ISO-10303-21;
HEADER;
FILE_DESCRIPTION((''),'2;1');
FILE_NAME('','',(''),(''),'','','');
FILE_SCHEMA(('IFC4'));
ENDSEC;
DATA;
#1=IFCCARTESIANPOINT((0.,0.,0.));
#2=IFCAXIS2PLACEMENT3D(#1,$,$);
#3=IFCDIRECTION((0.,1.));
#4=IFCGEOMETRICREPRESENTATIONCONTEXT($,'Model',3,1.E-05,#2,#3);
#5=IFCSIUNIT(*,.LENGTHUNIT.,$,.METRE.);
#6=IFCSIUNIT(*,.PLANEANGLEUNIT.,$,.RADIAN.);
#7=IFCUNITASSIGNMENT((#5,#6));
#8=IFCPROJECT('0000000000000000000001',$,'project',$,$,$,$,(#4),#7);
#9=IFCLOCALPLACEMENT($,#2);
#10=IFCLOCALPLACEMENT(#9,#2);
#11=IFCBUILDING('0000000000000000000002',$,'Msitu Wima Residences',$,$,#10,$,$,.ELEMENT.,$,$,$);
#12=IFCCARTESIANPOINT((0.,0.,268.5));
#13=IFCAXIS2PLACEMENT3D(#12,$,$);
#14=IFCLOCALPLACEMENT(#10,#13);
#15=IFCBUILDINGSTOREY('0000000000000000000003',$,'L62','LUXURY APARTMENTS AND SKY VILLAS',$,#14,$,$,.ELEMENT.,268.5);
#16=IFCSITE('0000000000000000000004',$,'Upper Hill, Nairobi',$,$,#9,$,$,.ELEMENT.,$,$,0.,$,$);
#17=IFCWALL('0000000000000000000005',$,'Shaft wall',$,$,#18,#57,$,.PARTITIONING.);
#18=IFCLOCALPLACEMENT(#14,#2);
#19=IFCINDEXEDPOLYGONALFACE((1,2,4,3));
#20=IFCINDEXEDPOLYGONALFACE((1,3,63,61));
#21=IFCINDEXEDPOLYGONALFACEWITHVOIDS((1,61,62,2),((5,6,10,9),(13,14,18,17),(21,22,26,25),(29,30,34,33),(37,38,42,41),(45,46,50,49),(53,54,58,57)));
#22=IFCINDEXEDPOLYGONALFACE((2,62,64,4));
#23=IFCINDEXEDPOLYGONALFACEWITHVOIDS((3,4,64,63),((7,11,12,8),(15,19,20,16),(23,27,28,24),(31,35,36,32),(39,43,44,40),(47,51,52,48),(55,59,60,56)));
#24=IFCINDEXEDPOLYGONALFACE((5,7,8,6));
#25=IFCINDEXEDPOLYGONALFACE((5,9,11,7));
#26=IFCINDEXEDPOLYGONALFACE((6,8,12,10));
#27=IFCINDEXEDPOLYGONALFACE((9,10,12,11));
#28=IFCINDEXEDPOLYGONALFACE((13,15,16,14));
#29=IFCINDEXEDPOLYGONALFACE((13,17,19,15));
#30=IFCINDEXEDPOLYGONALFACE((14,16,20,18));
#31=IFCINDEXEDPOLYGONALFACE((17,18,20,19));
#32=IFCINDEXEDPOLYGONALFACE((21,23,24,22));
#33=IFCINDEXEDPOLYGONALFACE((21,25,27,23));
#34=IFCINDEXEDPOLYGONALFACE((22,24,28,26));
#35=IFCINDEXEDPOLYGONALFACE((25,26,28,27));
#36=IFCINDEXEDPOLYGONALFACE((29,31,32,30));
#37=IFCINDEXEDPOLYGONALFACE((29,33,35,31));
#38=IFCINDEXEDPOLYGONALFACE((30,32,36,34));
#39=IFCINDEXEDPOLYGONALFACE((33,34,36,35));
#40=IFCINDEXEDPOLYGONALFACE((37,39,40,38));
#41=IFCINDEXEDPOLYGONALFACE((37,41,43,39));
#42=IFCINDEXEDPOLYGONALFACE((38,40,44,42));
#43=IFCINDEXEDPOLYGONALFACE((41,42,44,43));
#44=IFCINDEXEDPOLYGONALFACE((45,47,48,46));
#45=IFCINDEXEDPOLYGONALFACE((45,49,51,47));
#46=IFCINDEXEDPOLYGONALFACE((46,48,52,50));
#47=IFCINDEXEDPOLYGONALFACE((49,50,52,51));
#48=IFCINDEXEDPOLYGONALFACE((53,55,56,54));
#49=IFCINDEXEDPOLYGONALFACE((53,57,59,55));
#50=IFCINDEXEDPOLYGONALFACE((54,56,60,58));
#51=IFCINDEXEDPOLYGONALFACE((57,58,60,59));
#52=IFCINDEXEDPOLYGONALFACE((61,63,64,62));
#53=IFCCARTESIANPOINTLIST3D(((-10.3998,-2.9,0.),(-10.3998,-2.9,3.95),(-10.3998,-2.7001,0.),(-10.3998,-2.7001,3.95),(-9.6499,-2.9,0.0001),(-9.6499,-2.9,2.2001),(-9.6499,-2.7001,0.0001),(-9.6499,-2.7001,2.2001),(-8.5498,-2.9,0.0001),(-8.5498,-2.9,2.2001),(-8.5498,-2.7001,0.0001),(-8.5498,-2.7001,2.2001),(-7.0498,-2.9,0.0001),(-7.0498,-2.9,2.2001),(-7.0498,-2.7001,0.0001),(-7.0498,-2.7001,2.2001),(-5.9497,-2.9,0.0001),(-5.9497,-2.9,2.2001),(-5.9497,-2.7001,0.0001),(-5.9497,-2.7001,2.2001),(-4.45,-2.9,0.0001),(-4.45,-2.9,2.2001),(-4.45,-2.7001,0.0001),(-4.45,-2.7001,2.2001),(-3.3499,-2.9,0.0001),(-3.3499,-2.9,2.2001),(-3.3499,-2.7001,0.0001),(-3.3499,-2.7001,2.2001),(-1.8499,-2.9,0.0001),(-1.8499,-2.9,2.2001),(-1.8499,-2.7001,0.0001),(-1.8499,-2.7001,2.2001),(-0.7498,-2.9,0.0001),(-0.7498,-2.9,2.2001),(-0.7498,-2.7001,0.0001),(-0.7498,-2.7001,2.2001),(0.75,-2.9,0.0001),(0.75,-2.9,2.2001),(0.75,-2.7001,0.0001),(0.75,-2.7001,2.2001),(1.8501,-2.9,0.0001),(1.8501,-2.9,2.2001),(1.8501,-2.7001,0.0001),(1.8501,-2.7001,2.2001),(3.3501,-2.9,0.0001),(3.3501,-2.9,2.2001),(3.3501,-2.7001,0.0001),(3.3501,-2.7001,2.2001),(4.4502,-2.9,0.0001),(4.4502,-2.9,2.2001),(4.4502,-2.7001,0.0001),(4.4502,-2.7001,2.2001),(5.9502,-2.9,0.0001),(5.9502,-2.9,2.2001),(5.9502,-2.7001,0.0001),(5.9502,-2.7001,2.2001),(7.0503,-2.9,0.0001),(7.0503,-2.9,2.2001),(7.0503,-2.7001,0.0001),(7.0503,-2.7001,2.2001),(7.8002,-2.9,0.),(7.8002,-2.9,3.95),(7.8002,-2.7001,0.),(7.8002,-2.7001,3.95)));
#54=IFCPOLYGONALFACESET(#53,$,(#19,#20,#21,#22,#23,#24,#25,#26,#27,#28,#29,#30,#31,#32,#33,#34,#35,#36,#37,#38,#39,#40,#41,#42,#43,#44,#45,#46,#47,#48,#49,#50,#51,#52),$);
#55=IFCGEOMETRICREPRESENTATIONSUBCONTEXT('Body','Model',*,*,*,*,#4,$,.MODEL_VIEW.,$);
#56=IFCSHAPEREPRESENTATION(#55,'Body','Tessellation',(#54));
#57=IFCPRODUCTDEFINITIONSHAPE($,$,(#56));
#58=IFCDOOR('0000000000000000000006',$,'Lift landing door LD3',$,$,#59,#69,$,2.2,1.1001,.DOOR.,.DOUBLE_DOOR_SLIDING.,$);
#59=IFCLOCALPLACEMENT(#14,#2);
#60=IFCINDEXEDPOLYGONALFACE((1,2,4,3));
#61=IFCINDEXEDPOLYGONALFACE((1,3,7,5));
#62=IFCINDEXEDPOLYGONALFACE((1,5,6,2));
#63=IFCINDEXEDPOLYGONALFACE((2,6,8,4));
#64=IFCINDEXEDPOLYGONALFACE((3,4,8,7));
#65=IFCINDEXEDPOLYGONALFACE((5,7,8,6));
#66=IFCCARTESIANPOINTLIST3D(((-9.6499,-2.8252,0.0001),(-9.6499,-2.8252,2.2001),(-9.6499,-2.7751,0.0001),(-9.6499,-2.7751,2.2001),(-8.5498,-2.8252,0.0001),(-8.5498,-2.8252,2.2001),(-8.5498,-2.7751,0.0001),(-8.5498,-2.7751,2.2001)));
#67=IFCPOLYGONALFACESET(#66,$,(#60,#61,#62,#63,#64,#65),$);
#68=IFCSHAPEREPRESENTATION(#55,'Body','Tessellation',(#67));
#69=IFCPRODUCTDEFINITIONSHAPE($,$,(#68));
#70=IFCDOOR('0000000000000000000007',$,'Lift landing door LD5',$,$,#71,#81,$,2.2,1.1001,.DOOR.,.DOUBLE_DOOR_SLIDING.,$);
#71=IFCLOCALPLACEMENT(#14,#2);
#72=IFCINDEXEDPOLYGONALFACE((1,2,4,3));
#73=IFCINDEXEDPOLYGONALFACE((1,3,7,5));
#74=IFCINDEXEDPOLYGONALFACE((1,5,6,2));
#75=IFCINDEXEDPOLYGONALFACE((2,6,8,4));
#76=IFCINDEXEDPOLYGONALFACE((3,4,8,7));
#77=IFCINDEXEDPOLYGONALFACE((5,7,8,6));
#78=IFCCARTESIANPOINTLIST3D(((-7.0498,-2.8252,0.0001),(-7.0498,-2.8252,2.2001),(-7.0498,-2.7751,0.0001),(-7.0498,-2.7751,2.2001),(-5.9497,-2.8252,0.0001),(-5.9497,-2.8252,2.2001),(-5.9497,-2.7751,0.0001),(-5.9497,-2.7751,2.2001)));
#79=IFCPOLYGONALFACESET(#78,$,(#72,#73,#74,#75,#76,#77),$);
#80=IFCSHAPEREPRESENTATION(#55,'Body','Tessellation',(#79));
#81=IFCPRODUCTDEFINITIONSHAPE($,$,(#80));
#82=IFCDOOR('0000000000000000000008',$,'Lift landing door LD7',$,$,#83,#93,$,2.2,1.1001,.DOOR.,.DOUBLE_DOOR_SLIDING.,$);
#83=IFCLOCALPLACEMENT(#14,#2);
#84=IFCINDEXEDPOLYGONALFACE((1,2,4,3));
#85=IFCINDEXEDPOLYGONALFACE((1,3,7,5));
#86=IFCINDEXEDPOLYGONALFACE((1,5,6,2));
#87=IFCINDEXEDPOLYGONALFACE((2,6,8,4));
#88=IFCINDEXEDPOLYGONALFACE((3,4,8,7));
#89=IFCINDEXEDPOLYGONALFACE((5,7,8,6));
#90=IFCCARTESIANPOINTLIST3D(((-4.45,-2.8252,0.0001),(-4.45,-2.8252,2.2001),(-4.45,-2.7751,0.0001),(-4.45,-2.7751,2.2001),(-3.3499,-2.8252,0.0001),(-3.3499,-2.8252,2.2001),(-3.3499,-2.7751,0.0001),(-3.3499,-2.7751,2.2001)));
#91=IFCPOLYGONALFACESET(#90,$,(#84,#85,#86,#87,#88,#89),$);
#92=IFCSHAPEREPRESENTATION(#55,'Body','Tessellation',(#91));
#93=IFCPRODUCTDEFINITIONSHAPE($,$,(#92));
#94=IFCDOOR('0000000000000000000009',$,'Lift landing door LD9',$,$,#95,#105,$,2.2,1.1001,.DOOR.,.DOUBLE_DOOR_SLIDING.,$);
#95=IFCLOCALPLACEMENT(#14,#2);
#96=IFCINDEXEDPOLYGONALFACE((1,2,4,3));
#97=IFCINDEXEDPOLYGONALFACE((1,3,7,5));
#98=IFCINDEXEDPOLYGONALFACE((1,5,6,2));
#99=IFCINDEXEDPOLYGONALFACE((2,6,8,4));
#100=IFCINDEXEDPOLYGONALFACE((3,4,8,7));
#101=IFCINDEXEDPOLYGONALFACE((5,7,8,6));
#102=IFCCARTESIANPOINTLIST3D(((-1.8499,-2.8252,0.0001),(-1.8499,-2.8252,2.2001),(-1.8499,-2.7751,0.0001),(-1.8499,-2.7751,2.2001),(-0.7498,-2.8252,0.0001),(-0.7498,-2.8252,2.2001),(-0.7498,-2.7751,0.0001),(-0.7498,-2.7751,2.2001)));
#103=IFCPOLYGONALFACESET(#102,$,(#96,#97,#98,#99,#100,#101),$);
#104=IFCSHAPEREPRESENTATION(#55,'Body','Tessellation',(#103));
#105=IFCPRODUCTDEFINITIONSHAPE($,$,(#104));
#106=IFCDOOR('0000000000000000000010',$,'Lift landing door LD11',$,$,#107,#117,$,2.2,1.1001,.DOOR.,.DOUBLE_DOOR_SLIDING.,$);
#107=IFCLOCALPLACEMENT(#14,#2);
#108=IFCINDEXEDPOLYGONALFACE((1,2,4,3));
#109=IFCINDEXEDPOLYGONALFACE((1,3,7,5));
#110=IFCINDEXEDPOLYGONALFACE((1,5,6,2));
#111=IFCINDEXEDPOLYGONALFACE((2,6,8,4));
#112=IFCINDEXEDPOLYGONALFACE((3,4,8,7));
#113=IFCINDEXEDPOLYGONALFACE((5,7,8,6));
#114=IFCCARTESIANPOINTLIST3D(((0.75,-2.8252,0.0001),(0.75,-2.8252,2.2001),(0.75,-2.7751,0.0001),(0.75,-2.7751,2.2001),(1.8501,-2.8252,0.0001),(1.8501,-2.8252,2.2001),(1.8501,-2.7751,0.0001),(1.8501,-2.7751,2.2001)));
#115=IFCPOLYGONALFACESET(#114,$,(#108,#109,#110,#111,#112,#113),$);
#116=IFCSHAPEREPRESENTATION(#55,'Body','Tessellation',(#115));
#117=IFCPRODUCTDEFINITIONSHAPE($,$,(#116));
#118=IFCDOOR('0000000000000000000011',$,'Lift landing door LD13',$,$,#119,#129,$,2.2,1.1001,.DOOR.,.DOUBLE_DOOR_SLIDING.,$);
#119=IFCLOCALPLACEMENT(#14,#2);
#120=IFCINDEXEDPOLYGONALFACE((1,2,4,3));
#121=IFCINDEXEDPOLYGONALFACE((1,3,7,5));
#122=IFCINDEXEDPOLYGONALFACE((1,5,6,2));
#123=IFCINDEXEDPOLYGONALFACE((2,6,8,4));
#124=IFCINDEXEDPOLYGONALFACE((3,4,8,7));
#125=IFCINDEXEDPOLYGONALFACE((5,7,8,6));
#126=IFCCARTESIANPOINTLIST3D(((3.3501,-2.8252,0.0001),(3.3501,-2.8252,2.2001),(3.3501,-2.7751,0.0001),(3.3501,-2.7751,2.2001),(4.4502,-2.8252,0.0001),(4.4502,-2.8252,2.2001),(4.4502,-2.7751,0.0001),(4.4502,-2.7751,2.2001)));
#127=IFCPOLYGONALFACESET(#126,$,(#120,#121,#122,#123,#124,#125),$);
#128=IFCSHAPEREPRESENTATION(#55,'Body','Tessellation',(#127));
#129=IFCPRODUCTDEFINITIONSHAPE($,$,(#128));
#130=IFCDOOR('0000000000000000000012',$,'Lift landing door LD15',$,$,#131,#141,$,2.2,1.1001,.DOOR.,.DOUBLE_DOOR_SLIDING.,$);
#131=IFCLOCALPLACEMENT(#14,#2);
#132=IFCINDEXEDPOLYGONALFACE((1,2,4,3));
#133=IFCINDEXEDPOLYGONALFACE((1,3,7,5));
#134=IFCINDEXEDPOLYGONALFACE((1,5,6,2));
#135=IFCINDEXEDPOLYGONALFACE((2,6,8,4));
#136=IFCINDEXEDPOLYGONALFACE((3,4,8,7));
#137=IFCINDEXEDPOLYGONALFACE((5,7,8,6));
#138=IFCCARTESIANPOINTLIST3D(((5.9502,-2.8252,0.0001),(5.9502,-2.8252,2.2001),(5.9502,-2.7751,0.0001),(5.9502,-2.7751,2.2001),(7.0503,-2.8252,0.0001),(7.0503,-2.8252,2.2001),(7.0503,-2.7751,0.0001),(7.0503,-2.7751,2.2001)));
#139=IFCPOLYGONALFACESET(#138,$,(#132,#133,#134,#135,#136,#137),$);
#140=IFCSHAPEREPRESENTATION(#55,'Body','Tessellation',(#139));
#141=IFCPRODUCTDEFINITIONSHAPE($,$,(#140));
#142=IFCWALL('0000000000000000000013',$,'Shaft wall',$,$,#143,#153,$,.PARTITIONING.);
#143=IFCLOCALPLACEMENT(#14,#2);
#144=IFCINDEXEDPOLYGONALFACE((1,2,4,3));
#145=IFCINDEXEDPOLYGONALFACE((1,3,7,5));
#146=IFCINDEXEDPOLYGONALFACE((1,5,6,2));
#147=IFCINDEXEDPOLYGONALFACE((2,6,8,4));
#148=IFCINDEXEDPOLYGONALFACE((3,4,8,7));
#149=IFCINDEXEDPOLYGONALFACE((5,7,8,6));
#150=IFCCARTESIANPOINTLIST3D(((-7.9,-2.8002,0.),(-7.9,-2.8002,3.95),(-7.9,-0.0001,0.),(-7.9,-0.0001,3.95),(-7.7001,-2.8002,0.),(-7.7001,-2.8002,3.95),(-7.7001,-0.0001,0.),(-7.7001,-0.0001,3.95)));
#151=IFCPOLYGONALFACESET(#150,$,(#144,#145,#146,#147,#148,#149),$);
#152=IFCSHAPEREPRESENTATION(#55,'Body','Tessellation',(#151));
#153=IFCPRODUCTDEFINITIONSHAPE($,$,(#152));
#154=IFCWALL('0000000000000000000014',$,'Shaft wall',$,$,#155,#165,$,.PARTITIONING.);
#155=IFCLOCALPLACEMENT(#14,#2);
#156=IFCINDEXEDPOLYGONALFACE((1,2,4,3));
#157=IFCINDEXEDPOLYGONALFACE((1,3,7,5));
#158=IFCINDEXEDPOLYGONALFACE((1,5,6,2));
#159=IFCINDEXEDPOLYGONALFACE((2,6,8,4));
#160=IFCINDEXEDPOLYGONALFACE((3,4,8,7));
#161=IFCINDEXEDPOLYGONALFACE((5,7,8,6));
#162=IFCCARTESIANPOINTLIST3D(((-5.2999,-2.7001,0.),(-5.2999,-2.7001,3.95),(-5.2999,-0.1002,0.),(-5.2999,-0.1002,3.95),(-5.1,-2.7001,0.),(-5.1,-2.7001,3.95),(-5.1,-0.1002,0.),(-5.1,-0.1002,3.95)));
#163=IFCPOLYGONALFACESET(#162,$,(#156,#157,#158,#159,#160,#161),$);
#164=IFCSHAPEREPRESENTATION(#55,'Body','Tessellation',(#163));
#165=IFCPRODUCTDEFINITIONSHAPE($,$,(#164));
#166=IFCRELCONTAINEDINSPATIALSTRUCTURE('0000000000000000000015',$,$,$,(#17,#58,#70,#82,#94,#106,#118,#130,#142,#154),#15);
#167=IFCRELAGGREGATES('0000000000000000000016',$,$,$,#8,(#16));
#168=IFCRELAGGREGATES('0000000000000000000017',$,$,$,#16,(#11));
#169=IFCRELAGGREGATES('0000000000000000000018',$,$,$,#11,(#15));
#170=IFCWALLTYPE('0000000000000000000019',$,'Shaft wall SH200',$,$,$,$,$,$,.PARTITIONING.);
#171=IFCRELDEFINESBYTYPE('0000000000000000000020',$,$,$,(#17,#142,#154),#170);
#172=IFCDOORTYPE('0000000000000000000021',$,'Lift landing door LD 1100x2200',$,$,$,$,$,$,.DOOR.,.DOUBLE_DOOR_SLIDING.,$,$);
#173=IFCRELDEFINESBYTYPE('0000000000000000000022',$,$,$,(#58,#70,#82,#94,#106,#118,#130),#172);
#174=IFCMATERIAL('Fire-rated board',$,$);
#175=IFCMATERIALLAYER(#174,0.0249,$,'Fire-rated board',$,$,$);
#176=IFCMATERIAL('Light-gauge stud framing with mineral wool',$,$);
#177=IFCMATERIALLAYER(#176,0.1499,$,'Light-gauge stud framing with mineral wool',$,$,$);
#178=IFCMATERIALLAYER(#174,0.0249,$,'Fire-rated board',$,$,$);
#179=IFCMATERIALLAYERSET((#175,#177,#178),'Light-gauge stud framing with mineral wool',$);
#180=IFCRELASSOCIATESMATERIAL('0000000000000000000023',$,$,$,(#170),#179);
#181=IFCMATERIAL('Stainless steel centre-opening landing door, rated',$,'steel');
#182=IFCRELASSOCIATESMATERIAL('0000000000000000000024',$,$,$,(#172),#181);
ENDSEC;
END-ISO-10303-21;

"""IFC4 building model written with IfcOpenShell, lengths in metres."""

from ifc_helpers import new_model, si_unit, direction, frame, frame_2d, origin, place, context, subcontext, project, spatial, rectangle, extrude, material, layer, layer_set, type_object, element, fill, save


model = new_model("IFC4")

# Units and contexts
model_context = context("Model", 3, precision=1e-05, world=origin(), true_north=direction((0.0, 1.0)))
body_context = subcontext(model_context, "Body", "Model", "MODEL_VIEW")
ifc_project = project(units=[si_unit("LENGTHUNIT", "METRE"), si_unit("PLANEANGLEUNIT", "RADIAN")], contexts=[model_context])

# Site, building, storey
site_placement = place(None, origin())
site = spatial("IfcSite", under=ifc_project, at=site_placement, Name="Upper Hill, Nairobi", CompositionType="ELEMENT", RefElevation=0.0)
building_placement = place(site_placement, origin())
building = spatial("IfcBuilding", under=site, at=building_placement, Name="Msitu Wima Residences", CompositionType="ELEMENT")
storey_placement = place(building_placement, frame((0.0, 0.0, 268.5)))
storey = spatial("IfcBuildingStorey", under=building, at=storey_placement, Name="L62", Description="LUXURY APARTMENTS AND SKY VILLAS", CompositionType="ELEMENT", Elevation=268.5)

# Shared definitions
ifc_material_1 = material(Name="Fire-rated board")
ifc_layer_1 = layer(ifc_material_1, 0.0249, Name="Fire-rated board")
ifc_material_2 = material(Name="Light-gauge stud framing with mineral wool")
ifc_layer_2 = layer(ifc_material_2, 0.1499, Name="Light-gauge stud framing with mineral wool")
ifc_layer_3 = layer(ifc_material_1, 0.0249, Name="Fire-rated board")
ifc_layer_set_1 = layer_set([ifc_layer_1, ifc_layer_2, ifc_layer_3], Name="Light-gauge stud framing with mineral wool")
wall_type_1 = type_object("IfcWallType", Name="Shaft wall SH200", PredefinedType="PARTITIONING", material=ifc_layer_set_1)

# Wall, openings, doors
wall_1_placement = place(storey_placement, frame((-10.3999, -2.8, 0.0), z_axis=(0.0, 0.0, 1.0), x_axis=(1.0, 0.0, 0.0)))
wall_1 = element("IfcWall", 1, at=wall_1_placement, inside=storey, type_object=wall_type_1, Name="Shaft wall", PredefinedType="PARTITIONING", context=body_context, shape_type="SweptSolid", body=[
    extrude(rectangle(XDim=18.2, YDim=0.2, at=frame_2d((9.1001, 0.0))), origin(), (0.0, 0.0, 1.0), 3.95),
])
opening_1_placement = place(wall_1_placement, frame((0.75, 0.0, 0.0)))
opening_1 = element("IfcOpeningElement", 2, at=opening_1_placement, cuts=wall_1, PredefinedType="OPENING", context=body_context, shape_type="SweptSolid", body=[
    extrude(rectangle(XDim=1.1001, YDim=2.2, at=frame_2d((0.55, 1.1001))), frame((0.0, 0.1099, 0.0), z_axis=(0.0, -1.0, 0.0), x_axis=(1.0, 0.0, 0.0)), (0.0, 0.0, 1.0), 0.22),
])
opening_2_placement = place(wall_1_placement, frame((3.3501, 0.0, 0.0)))
opening_2 = element("IfcOpeningElement", 3, at=opening_2_placement, cuts=wall_1, PredefinedType="OPENING", context=body_context, shape_type="SweptSolid", body=[
    extrude(rectangle(XDim=1.1001, YDim=2.2, at=frame_2d((0.55, 1.1001))), frame((0.0, 0.1099, 0.0), z_axis=(0.0, -1.0, 0.0), x_axis=(1.0, 0.0, 0.0)), (0.0, 0.0, 1.0), 0.22),
])
opening_3_placement = place(wall_1_placement, frame((5.95, 0.0, 0.0)))
opening_3 = element("IfcOpeningElement", 4, at=opening_3_placement, cuts=wall_1, PredefinedType="OPENING", context=body_context, shape_type="SweptSolid", body=[
    extrude(rectangle(XDim=1.1001, YDim=2.2, at=frame_2d((0.55, 1.1001))), frame((0.0, 0.1099, 0.0), z_axis=(0.0, -1.0, 0.0), x_axis=(1.0, 0.0, 0.0)), (0.0, 0.0, 1.0), 0.22),
])
opening_4_placement = place(wall_1_placement, frame((8.55, 0.0, 0.0)))
opening_4 = element("IfcOpeningElement", 5, at=opening_4_placement, cuts=wall_1, PredefinedType="OPENING", context=body_context, shape_type="SweptSolid", body=[
    extrude(rectangle(XDim=1.1001, YDim=2.2, at=frame_2d((0.55, 1.1001))), frame((0.0, 0.1099, 0.0), z_axis=(0.0, -1.0, 0.0), x_axis=(1.0, 0.0, 0.0)), (0.0, 0.0, 1.0), 0.22),
])
opening_5_placement = place(wall_1_placement, frame((11.1499, 0.0, 0.0)))
opening_5 = element("IfcOpeningElement", 6, at=opening_5_placement, cuts=wall_1, PredefinedType="OPENING", context=body_context, shape_type="SweptSolid", body=[
    extrude(rectangle(XDim=1.1001, YDim=2.2, at=frame_2d((0.55, 1.1001))), frame((0.0, 0.1099, 0.0), z_axis=(0.0, -1.0, 0.0), x_axis=(1.0, 0.0, 0.0)), (0.0, 0.0, 1.0), 0.22),
])
opening_6_placement = place(wall_1_placement, frame((13.75, 0.0, 0.0)))
opening_6 = element("IfcOpeningElement", 7, at=opening_6_placement, cuts=wall_1, PredefinedType="OPENING", context=body_context, shape_type="SweptSolid", body=[
    extrude(rectangle(XDim=1.1001, YDim=2.2, at=frame_2d((0.55, 1.1001))), frame((0.0, 0.1099, 0.0), z_axis=(0.0, -1.0, 0.0), x_axis=(1.0, 0.0, 0.0)), (0.0, 0.0, 1.0), 0.22),
])
opening_7_placement = place(wall_1_placement, frame((16.3501, 0.0, 0.0)))
opening_7 = element("IfcOpeningElement", 8, at=opening_7_placement, cuts=wall_1, PredefinedType="OPENING", context=body_context, shape_type="SweptSolid", body=[
    extrude(rectangle(XDim=1.1001, YDim=2.2, at=frame_2d((0.55, 1.1001))), frame((0.0, 0.1099, 0.0), z_axis=(0.0, -1.0, 0.0), x_axis=(1.0, 0.0, 0.0)), (0.0, 0.0, 1.0), 0.22),
])
ifc_material_3 = material(Name="Stainless steel centre-opening landing door, rated", Category="steel")
door_type_1 = type_object("IfcDoorType", Name="Lift landing door LD 1100x2200", OperationType="DOUBLE_DOOR_SLIDING", PredefinedType="DOOR", material=ifc_material_3)
door_1_placement = place(opening_1_placement, origin())
door_1 = element("IfcDoor", 9, at=door_1_placement, inside=storey, type_object=door_type_1, Name="Lift landing door LD3", OperationType="DOUBLE_DOOR_SLIDING", OverallHeight=2.2, OverallWidth=1.1001, PredefinedType="DOOR", context=body_context, shape_type="SweptSolid", body=[
    extrude(rectangle(XDim=1.1001, YDim=2.2, at=frame_2d((0.55, 1.1001))), frame((0.0, 0.0249, 0.0), z_axis=(0.0, -1.0, 0.0), x_axis=(1.0, 0.0, 0.0)), (0.0, 0.0, 1.0), 0.05),
])
fill(opening_1, door_1)
door_2_placement = place(opening_2_placement, origin())
door_2 = element("IfcDoor", 10, at=door_2_placement, inside=storey, type_object=door_type_1, Name="Lift landing door LD5", OperationType="DOUBLE_DOOR_SLIDING", OverallHeight=2.2, OverallWidth=1.1001, PredefinedType="DOOR", context=body_context, shape_type="SweptSolid", body=[
    extrude(rectangle(XDim=1.1001, YDim=2.2, at=frame_2d((0.55, 1.1001))), frame((0.0, 0.0249, 0.0), z_axis=(0.0, -1.0, 0.0), x_axis=(1.0, 0.0, 0.0)), (0.0, 0.0, 1.0), 0.05),
])
fill(opening_2, door_2)
door_3_placement = place(opening_3_placement, origin())
door_3 = element("IfcDoor", 11, at=door_3_placement, inside=storey, type_object=door_type_1, Name="Lift landing door LD7", OperationType="DOUBLE_DOOR_SLIDING", OverallHeight=2.2, OverallWidth=1.1001, PredefinedType="DOOR", context=body_context, shape_type="SweptSolid", body=[
    extrude(rectangle(XDim=1.1001, YDim=2.2, at=frame_2d((0.55, 1.1001))), frame((0.0, 0.0249, 0.0), z_axis=(0.0, -1.0, 0.0), x_axis=(1.0, 0.0, 0.0)), (0.0, 0.0, 1.0), 0.05),
])
fill(opening_3, door_3)
door_4_placement = place(opening_4_placement, origin())
door_4 = element("IfcDoor", 12, at=door_4_placement, inside=storey, type_object=door_type_1, Name="Lift landing door LD9", OperationType="DOUBLE_DOOR_SLIDING", OverallHeight=2.2, OverallWidth=1.1001, PredefinedType="DOOR", context=body_context, shape_type="SweptSolid", body=[
    extrude(rectangle(XDim=1.1001, YDim=2.2, at=frame_2d((0.55, 1.1001))), frame((0.0, 0.0249, 0.0), z_axis=(0.0, -1.0, 0.0), x_axis=(1.0, 0.0, 0.0)), (0.0, 0.0, 1.0), 0.05),
])
fill(opening_4, door_4)
door_5_placement = place(opening_5_placement, origin())
door_5 = element("IfcDoor", 13, at=door_5_placement, inside=storey, type_object=door_type_1, Name="Lift landing door LD11", OperationType="DOUBLE_DOOR_SLIDING", OverallHeight=2.2, OverallWidth=1.1001, PredefinedType="DOOR", context=body_context, shape_type="SweptSolid", body=[
    extrude(rectangle(XDim=1.1001, YDim=2.2, at=frame_2d((0.55, 1.1001))), frame((0.0, 0.0249, 0.0), z_axis=(0.0, -1.0, 0.0), x_axis=(1.0, 0.0, 0.0)), (0.0, 0.0, 1.0), 0.05),
])
fill(opening_5, door_5)
door_6_placement = place(opening_6_placement, origin())
door_6 = element("IfcDoor", 14, at=door_6_placement, inside=storey, type_object=door_type_1, Name="Lift landing door LD13", OperationType="DOUBLE_DOOR_SLIDING", OverallHeight=2.2, OverallWidth=1.1001, PredefinedType="DOOR", context=body_context, shape_type="SweptSolid", body=[
    extrude(rectangle(XDim=1.1001, YDim=2.2, at=frame_2d((0.55, 1.1001))), frame((0.0, 0.0249, 0.0), z_axis=(0.0, -1.0, 0.0), x_axis=(1.0, 0.0, 0.0)), (0.0, 0.0, 1.0), 0.05),
])
fill(opening_6, door_6)
door_7_placement = place(opening_7_placement, origin())
door_7 = element("IfcDoor", 15, at=door_7_placement, inside=storey, type_object=door_type_1, Name="Lift landing door LD15", OperationType="DOUBLE_DOOR_SLIDING", OverallHeight=2.2, OverallWidth=1.1001, PredefinedType="DOOR", context=body_context, shape_type="SweptSolid", body=[
    extrude(rectangle(XDim=1.1001, YDim=2.2, at=frame_2d((0.55, 1.1001))), frame((0.0, 0.0249, 0.0), z_axis=(0.0, -1.0, 0.0), x_axis=(1.0, 0.0, 0.0)), (0.0, 0.0, 1.0), 0.05),
])
fill(opening_7, door_7)

# Walls
wall_2_placement = place(storey_placement, frame((-7.8, -2.8, 0.0), z_axis=(0.0, 0.0, 1.0), x_axis=(0.0, 1.0, 0.0)))
element("IfcWall", 16, at=wall_2_placement, inside=storey, type_object=wall_type_1, Name="Shaft wall", PredefinedType="PARTITIONING", context=body_context, shape_type="SweptSolid", body=[
    extrude(rectangle(XDim=2.8, YDim=0.2, at=frame_2d((1.3999, 0.0))), origin(), (0.0, 0.0, 1.0), 3.95),
])
wall_3_placement = place(storey_placement, frame((-5.2, -2.7, 0.0), z_axis=(0.0, 0.0, 1.0), x_axis=(0.0, 1.0, 0.0)))
element("IfcWall", 17, at=wall_3_placement, inside=storey, type_object=wall_type_1, Name="Shaft wall", PredefinedType="PARTITIONING", context=body_context, shape_type="SweptSolid", body=[
    extrude(rectangle(XDim=2.5999, YDim=0.2, at=frame_2d((1.2998, 0.0))), origin(), (0.0, 0.0, 1.0), 3.95),
])

save(model, "model.ifc")
